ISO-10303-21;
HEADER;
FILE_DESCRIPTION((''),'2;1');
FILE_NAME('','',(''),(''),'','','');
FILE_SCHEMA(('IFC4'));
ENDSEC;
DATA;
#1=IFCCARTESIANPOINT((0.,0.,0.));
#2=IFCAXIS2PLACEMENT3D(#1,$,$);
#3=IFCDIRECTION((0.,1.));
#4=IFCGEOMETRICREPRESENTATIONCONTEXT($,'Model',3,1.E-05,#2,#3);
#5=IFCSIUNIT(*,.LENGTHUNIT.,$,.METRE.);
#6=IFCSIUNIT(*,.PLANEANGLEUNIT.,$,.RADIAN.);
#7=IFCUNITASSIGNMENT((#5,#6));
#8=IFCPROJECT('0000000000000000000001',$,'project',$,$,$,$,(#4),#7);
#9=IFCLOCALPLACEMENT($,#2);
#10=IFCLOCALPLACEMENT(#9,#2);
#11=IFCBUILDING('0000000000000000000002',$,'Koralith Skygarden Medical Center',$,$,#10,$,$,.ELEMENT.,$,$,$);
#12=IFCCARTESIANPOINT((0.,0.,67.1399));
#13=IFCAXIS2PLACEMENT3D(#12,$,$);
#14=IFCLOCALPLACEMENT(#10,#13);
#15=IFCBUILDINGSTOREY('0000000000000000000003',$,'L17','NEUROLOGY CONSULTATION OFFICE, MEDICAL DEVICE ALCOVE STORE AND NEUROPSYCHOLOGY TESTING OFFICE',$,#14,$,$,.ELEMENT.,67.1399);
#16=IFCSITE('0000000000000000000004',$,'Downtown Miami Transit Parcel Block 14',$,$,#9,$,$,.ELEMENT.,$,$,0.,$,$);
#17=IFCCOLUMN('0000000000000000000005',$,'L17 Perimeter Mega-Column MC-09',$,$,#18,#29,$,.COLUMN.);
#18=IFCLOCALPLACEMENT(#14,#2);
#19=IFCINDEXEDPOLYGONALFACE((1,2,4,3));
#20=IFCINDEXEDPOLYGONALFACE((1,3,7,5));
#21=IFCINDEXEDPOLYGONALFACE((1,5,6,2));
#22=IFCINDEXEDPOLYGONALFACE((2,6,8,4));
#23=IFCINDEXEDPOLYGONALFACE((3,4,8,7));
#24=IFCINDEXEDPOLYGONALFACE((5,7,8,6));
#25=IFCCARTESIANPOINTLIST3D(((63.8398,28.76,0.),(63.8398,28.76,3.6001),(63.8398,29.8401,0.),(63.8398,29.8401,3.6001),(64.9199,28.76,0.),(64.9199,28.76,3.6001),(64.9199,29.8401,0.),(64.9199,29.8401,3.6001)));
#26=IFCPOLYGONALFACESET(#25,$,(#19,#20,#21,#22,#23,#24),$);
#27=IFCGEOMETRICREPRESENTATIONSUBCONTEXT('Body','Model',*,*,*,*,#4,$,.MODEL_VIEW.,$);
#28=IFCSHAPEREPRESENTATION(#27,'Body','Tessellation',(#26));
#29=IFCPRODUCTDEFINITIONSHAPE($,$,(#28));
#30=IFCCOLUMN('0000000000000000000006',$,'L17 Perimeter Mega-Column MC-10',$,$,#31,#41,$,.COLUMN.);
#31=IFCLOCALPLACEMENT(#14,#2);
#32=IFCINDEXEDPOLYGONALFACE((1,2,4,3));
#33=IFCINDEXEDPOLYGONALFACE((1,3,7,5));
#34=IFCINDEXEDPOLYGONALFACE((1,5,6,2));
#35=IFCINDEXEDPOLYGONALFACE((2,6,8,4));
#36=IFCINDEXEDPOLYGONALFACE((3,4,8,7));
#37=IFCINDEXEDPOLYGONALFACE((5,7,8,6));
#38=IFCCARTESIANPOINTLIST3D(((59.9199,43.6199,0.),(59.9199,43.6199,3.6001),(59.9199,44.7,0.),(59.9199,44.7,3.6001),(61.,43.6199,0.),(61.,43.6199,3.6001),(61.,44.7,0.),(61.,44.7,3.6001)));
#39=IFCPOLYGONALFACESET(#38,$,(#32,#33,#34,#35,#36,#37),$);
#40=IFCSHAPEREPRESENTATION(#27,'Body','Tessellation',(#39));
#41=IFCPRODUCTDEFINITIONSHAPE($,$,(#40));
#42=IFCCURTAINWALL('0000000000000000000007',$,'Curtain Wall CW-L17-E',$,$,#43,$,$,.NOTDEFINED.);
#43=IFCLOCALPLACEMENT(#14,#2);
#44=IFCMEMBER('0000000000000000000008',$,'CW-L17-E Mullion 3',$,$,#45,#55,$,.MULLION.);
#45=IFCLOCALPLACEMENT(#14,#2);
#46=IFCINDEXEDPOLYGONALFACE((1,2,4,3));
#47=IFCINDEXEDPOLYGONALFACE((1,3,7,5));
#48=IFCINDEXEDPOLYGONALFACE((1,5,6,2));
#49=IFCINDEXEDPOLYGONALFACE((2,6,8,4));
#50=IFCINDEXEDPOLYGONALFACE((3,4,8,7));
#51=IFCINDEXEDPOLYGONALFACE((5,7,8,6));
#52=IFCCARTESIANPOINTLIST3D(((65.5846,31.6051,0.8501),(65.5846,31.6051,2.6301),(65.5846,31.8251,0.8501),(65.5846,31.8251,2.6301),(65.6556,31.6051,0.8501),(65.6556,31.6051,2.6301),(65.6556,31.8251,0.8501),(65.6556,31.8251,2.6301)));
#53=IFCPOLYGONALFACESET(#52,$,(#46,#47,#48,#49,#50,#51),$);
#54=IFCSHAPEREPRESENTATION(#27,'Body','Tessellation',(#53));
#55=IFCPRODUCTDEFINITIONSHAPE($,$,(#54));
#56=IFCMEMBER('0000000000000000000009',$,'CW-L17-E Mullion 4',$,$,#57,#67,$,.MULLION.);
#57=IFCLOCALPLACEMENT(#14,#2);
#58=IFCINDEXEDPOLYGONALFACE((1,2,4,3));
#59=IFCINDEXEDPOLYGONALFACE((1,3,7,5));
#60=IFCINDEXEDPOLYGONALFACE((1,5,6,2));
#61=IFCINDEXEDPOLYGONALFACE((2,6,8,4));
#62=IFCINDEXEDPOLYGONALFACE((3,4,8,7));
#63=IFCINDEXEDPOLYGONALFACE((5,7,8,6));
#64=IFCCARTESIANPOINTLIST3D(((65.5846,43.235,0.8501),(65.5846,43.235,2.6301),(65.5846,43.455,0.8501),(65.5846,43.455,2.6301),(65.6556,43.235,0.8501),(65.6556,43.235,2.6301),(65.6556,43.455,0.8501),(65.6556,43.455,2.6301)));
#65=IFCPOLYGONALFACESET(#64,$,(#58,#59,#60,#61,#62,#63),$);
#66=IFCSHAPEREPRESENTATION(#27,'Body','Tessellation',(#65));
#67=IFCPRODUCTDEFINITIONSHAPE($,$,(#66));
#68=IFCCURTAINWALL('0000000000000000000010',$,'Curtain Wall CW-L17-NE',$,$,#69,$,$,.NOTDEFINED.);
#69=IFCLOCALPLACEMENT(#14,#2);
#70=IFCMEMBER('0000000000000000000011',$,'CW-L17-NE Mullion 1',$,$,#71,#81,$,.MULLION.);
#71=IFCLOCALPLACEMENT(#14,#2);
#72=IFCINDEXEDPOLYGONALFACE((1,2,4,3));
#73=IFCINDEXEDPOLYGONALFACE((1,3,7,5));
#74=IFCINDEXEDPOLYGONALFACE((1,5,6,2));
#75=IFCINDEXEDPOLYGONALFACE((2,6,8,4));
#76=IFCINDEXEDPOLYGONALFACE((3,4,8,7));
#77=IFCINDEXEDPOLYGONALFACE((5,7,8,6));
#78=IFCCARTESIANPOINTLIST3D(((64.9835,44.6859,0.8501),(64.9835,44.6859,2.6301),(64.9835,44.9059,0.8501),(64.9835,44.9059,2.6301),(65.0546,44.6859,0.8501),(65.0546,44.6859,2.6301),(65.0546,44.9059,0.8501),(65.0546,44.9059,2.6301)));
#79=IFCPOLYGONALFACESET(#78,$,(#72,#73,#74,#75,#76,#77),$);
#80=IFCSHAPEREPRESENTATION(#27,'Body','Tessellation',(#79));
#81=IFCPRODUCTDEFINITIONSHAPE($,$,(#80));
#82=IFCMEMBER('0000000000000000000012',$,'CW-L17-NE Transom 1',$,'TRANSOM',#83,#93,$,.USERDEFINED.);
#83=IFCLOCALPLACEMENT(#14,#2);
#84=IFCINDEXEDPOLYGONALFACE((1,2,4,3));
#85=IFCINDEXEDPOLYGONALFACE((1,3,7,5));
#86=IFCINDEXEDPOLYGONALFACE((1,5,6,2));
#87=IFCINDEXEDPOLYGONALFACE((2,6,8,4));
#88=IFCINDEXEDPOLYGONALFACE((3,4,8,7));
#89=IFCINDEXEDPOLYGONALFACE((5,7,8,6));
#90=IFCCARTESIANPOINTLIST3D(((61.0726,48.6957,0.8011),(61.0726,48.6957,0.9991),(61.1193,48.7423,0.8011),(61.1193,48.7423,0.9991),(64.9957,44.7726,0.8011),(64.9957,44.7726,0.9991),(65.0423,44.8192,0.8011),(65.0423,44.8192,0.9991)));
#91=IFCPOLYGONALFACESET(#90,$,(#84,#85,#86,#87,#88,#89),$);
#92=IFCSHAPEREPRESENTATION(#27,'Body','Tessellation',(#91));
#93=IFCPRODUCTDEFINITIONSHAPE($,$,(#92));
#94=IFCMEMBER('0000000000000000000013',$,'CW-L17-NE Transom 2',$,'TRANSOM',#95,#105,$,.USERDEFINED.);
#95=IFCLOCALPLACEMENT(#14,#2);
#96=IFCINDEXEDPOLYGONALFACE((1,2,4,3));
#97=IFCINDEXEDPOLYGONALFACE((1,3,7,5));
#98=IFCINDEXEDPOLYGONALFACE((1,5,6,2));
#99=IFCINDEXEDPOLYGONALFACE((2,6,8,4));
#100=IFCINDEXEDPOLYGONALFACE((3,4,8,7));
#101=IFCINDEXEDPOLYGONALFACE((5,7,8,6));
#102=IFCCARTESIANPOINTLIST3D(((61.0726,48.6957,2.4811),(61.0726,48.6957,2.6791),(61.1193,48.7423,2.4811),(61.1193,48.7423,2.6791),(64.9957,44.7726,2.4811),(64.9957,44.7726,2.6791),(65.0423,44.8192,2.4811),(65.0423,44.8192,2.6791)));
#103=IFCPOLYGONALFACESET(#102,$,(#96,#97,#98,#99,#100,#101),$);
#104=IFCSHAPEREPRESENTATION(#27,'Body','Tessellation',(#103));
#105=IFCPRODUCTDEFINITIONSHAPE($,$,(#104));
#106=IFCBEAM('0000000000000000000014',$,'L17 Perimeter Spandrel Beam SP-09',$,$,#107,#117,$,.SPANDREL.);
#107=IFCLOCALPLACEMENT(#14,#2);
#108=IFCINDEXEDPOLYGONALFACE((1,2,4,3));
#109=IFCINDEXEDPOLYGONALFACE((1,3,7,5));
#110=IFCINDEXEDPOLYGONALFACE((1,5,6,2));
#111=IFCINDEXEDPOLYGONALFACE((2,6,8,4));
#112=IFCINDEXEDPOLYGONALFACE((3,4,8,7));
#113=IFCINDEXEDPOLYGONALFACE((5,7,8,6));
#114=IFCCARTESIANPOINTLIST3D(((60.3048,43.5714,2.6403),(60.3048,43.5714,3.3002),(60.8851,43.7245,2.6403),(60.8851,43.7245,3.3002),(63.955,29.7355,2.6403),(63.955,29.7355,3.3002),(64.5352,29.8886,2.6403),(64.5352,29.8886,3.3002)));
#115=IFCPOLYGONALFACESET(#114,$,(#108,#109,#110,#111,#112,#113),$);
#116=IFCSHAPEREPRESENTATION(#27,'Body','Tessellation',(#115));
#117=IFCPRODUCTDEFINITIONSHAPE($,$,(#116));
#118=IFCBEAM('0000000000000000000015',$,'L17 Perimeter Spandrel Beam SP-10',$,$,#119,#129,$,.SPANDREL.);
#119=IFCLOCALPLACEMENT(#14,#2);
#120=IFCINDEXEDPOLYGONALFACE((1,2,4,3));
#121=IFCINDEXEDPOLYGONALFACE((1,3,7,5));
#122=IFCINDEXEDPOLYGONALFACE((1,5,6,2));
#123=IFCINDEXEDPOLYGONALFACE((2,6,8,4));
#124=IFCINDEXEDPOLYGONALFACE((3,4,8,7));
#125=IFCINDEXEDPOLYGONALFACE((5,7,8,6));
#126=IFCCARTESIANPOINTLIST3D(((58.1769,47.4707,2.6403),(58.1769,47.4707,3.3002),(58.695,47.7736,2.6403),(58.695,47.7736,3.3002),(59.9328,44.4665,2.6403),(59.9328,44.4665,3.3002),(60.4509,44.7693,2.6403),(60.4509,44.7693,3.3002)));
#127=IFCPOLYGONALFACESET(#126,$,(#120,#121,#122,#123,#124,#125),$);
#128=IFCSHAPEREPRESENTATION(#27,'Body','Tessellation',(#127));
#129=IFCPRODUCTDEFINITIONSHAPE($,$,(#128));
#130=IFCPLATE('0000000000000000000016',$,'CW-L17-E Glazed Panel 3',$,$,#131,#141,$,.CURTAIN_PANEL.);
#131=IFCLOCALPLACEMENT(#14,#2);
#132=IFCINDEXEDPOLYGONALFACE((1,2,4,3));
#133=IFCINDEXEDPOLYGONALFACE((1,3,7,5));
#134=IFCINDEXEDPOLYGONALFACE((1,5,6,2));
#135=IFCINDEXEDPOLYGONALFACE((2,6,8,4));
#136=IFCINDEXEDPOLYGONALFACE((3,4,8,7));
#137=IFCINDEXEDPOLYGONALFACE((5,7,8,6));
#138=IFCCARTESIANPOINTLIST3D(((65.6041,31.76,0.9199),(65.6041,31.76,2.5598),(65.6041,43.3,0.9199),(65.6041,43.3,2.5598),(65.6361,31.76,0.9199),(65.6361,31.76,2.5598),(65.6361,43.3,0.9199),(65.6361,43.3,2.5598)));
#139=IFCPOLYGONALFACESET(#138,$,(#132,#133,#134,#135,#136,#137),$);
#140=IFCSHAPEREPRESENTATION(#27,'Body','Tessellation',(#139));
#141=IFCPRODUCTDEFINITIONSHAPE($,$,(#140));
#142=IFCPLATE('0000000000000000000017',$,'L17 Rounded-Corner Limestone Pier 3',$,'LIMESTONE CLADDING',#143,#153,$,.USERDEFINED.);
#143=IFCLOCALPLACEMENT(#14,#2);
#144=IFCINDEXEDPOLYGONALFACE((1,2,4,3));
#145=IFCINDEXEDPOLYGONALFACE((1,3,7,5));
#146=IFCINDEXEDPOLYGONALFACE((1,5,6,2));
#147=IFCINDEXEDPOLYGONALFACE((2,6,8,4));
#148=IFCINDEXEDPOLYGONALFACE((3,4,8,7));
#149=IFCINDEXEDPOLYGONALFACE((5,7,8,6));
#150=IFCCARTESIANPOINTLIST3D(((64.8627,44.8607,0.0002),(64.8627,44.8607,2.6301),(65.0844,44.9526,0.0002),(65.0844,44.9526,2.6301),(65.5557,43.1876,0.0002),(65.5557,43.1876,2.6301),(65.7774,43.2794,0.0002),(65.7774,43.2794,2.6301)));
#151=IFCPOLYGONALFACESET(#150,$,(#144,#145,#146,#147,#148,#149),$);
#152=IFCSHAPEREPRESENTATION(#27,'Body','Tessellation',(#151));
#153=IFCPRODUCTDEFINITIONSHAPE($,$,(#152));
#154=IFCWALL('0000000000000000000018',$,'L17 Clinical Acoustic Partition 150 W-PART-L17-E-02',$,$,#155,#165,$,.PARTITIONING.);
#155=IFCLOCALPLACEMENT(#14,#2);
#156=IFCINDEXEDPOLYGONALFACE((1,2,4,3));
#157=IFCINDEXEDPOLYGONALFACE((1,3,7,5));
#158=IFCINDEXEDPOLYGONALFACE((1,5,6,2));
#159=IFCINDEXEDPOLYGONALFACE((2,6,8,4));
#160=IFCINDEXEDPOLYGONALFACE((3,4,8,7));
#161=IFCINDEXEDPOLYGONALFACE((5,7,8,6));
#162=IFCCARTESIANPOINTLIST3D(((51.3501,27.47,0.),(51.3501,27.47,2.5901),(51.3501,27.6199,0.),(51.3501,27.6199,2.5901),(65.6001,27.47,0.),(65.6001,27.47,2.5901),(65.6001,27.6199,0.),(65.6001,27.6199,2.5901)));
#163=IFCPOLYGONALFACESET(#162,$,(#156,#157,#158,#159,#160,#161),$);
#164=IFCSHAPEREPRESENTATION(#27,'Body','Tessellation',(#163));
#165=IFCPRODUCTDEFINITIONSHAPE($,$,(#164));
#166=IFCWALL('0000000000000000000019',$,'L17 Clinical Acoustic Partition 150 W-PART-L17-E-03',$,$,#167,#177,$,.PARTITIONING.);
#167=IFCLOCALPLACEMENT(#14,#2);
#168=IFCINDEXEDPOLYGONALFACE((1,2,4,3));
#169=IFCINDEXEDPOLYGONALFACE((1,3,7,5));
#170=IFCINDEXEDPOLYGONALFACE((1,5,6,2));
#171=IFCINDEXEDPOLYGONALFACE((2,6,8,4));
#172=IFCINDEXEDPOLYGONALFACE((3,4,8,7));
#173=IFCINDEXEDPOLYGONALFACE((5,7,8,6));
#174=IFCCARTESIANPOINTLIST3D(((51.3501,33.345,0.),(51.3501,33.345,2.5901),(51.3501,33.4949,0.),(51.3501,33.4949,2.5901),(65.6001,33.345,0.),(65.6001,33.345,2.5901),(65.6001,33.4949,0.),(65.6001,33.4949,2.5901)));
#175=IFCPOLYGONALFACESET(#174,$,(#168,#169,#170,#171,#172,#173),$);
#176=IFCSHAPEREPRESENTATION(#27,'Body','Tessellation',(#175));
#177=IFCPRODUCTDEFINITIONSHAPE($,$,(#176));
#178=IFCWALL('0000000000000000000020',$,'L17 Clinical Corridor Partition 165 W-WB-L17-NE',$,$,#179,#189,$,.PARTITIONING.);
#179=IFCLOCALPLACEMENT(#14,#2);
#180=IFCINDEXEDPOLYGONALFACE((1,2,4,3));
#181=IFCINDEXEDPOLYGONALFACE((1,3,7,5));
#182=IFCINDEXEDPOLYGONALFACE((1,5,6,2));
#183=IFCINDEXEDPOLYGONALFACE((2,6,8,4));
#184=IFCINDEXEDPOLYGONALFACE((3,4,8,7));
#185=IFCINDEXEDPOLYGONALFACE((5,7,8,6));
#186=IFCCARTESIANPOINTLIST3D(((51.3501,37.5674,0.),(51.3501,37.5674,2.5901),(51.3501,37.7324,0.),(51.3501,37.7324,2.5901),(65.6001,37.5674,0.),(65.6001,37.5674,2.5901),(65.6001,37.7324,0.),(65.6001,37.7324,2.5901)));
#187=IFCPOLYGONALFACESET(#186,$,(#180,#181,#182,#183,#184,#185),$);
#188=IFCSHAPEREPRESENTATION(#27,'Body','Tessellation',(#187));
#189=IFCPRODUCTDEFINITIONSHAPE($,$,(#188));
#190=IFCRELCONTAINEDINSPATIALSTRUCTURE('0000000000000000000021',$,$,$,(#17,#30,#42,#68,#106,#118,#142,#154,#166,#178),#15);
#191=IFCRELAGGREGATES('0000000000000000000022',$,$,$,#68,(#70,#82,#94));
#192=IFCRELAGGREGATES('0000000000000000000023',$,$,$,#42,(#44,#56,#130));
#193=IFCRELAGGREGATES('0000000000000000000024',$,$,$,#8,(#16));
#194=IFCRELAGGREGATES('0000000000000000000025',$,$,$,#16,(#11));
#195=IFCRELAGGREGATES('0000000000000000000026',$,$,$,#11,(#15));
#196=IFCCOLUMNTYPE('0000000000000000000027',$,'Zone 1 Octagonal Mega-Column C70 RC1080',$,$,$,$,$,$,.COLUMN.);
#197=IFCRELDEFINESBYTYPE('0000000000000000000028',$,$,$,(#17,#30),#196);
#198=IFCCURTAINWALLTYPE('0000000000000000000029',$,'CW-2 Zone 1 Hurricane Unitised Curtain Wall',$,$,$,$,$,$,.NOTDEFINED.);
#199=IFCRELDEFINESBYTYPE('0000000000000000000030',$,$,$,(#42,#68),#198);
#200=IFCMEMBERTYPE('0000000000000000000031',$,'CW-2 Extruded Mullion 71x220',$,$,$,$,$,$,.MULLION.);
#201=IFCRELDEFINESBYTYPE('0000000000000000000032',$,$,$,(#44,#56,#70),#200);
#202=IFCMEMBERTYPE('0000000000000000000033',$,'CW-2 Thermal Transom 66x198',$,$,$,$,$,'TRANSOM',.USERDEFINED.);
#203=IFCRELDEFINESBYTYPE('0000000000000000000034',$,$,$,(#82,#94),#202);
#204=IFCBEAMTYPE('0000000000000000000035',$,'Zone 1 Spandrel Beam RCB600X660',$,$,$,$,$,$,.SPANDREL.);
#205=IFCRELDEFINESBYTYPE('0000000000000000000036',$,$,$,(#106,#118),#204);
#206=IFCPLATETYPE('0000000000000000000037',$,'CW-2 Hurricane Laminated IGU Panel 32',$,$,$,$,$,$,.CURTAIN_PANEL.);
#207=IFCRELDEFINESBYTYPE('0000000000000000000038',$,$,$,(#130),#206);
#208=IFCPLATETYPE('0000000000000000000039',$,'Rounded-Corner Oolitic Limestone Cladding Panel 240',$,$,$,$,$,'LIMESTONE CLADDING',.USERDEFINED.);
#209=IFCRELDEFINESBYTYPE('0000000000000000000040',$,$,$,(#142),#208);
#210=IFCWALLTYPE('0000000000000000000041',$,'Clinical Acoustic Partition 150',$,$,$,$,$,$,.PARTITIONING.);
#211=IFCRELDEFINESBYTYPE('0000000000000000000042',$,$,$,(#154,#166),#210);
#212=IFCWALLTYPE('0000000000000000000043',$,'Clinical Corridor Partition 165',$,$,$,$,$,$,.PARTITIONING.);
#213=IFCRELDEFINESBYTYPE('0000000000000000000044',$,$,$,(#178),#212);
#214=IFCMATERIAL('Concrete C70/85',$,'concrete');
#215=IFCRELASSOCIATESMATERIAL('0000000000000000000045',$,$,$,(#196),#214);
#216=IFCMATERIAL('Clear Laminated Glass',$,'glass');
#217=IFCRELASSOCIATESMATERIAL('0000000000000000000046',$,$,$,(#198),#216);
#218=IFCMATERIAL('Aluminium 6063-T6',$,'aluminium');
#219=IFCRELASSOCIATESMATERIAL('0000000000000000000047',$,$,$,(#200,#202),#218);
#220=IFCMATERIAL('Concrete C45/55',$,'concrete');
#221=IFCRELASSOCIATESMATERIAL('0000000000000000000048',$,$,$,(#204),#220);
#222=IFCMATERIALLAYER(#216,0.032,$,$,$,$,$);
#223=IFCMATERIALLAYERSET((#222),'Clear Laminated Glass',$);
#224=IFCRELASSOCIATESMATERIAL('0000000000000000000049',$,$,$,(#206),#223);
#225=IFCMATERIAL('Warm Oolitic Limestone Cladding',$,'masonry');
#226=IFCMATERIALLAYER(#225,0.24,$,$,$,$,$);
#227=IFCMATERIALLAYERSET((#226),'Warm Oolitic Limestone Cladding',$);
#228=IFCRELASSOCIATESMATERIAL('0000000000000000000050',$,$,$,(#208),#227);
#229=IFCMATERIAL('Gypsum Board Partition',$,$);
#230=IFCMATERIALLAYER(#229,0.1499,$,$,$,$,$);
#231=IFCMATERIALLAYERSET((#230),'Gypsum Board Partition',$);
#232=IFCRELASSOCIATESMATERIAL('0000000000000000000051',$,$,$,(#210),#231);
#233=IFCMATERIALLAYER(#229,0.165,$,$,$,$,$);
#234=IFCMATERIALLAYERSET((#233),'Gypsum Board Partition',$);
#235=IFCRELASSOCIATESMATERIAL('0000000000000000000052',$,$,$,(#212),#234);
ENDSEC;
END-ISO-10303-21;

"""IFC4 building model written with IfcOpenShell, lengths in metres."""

from ifc_helpers import new_model, si_unit, direction, frame, frame_2d, origin, origin_2d, place, context, subcontext, project, spatial, rectangle, extrude, material, layer, layer_set, material_profile, profile_set, type_object, element, aggregate, save


model = new_model("IFC4")

# Units and contexts
model_context = context("Model", 3, precision=1e-05, world=origin(), true_north=direction((0.0, 1.0)))
body_context = subcontext(model_context, "Body", "Model", "MODEL_VIEW")
ifc_project = project(units=[si_unit("LENGTHUNIT", "METRE"), si_unit("PLANEANGLEUNIT", "RADIAN")], contexts=[model_context])

# Site, building, storey
site_placement = place(None, origin())
site = spatial("IfcSite", under=ifc_project, at=site_placement, Name="Downtown Miami Transit Parcel Block 14", CompositionType="ELEMENT", RefElevation=0.0)
building_placement = place(site_placement, origin())
building = spatial("IfcBuilding", under=site, at=building_placement, Name="Koralith Skygarden Medical Center", CompositionType="ELEMENT")
storey_placement = place(building_placement, frame((0.0, 0.0, 67.1399)))
storey = spatial("IfcBuildingStorey", under=building, at=storey_placement, Name="L17", Description="NEUROLOGY CONSULTATION OFFICE, MEDICAL DEVICE ALCOVE STORE AND NEUROPSYCHOLOGY TESTING OFFICE", CompositionType="ELEMENT", Elevation=67.1399)

# Columns
ifc_material_1 = material(Name="Concrete C70/85", Category="concrete")
ifc_material_profile_1 = material_profile(ifc_material_1, rectangle(XDim=1.0801, YDim=1.0801, at=origin_2d()), Name="RC1080X1080")
ifc_profile_set_1 = profile_set([ifc_material_profile_1], Name="Concrete C70/85")
column_type = type_object("IfcColumnType", Name="Zone 1 Octagonal Mega-Column C70 RC1080", PredefinedType="COLUMN", material=ifc_profile_set_1)
for number, where, z_axis, x_axis, name in (
    (1, (64.3799, 29.3, 0.0), (0.0, 0.0, 1.0), (1.0, 0.0, 0.0), "L17 Perimeter Mega-Column MC-09"),
    (2, (60.46, 44.1599, 0.0), (0.0, 0.0, 1.0), (1.0, 0.0, 0.0), "L17 Perimeter Mega-Column MC-10"),
):
    element("IfcColumn", number, at=place(storey_placement, frame(where, z_axis=z_axis, x_axis=x_axis)), inside=storey, type_object=column_type, Name=name, PredefinedType="COLUMN", context=body_context, shape_type="SweptSolid", body=[
        extrude(rectangle(XDim=1.0801, YDim=1.0801, at=origin_2d()), origin(), (0.0, 0.0, 1.0), 3.6001),
    ])

# Curtain walls, members
ifc_material_2 = material(Name="Clear Laminated Glass", Category="glass")
curtain_wall_type = type_object("IfcCurtainWallType", Name="CW-2 Zone 1 Hurricane Unitised Curtain Wall", PredefinedType="NOTDEFINED", material=ifc_material_2)
curtain_wall_1_placement = place(storey_placement, origin())
curtain_wall_1 = element("IfcCurtainWall", 3, at=curtain_wall_1_placement, inside=storey, type_object=curtain_wall_type, Name="Curtain Wall CW-L17-E", PredefinedType="NOTDEFINED")
ifc_material_3 = material(Name="Aluminium 6063-T6", Category="aluminium")
ifc_material_profile_2 = material_profile(ifc_material_3, rectangle(XDim=0.071, YDim=0.22, at=origin_2d()), Name="MUL71X220")
ifc_profile_set_2 = profile_set([ifc_material_profile_2], Name="Aluminium 6063-T6")
member_type_1 = type_object("IfcMemberType", Name="CW-2 Extruded Mullion 71x220", PredefinedType="MULLION", material=ifc_profile_set_2)
member_1_placement = place(storey_placement, frame((65.6201, 31.7151, 0.8501), z_axis=(0.0, 0.0, 1.0), x_axis=(1.0, 0.0, 0.0)))
member_1 = element("IfcMember", 4, at=member_1_placement, type_object=member_type_1, Name="CW-L17-E Mullion 3", PredefinedType="MULLION", context=body_context, shape_type="SweptSolid", body=[
    extrude(rectangle(XDim=0.071, YDim=0.22, at=origin_2d()), origin(), (0.0, 0.0, 1.0), 1.78),
])
member_2_placement = place(storey_placement, frame((65.6201, 43.345, 0.8501), z_axis=(0.0, 0.0, 1.0), x_axis=(1.0, 0.0, 0.0)))
member_2 = element("IfcMember", 5, at=member_2_placement, type_object=member_type_1, Name="CW-L17-E Mullion 4", PredefinedType="MULLION", context=body_context, shape_type="SweptSolid", body=[
    extrude(rectangle(XDim=0.071, YDim=0.22, at=origin_2d()), origin(), (0.0, 0.0, 1.0), 1.78),
])
curtain_wall_2_placement = place(storey_placement, origin())
curtain_wall_2 = element("IfcCurtainWall", 6, at=curtain_wall_2_placement, inside=storey, type_object=curtain_wall_type, Name="Curtain Wall CW-L17-NE", PredefinedType="NOTDEFINED")
member_3_placement = place(storey_placement, frame((65.019, 44.7959, 0.8501), z_axis=(0.0, 0.0, 1.0), x_axis=(1.0, 0.0, 0.0)))
member_3 = element("IfcMember", 7, at=member_3_placement, type_object=member_type_1, Name="CW-L17-NE Mullion 1", PredefinedType="MULLION", context=body_context, shape_type="SweptSolid", body=[
    extrude(rectangle(XDim=0.071, YDim=0.22, at=origin_2d()), origin(), (0.0, 0.0, 1.0), 1.78),
])
ifc_material_profile_3 = material_profile(ifc_material_3, rectangle(XDim=0.0659, YDim=0.198, at=origin_2d()), Name="TRN66X198")
ifc_profile_set_3 = profile_set([ifc_material_profile_3], Name="Aluminium 6063-T6")
member_type_2 = type_object("IfcMemberType", Name="CW-2 Thermal Transom 66x198", ElementType="TRANSOM", PredefinedType="USERDEFINED", material=ifc_profile_set_3)
member_4_placement = place(storey_placement, frame((65.019, 44.7959, 0.9001), z_axis=(-0.707107, 0.707107, 0.0), x_axis=(-0.707107, -0.707107, 0.0)))
member_4 = element("IfcMember", 8, at=member_4_placement, type_object=member_type_2, Name="CW-L17-NE Transom 1", ObjectType="TRANSOM", PredefinedType="USERDEFINED", context=body_context, shape_type="SweptSolid", body=[
    extrude(rectangle(XDim=0.0659, YDim=0.198, at=origin_2d()), origin(), (0.0, 0.0, 1.0), 5.5481),
])
member_5_placement = place(storey_placement, frame((65.019, 44.7959, 2.5801), z_axis=(-0.707107, 0.707107, 0.0), x_axis=(-0.707107, -0.707107, 0.0)))
member_5 = element("IfcMember", 9, at=member_5_placement, type_object=member_type_2, Name="CW-L17-NE Transom 2", ObjectType="TRANSOM", PredefinedType="USERDEFINED", context=body_context, shape_type="SweptSolid", body=[
    extrude(rectangle(XDim=0.0659, YDim=0.198, at=origin_2d()), origin(), (0.0, 0.0, 1.0), 5.5481),
])
aggregate(curtain_wall_2, [member_3, member_4, member_5])

# Beams
ifc_material_4 = material(Name="Concrete C45/55", Category="concrete")
ifc_material_profile_4 = material_profile(ifc_material_4, rectangle(XDim=0.6001, YDim=0.6599, at=origin_2d()), Name="RCB600X660")
ifc_profile_set_4 = profile_set([ifc_material_profile_4], Name="Concrete C45/55")
beam_type = type_object("IfcBeamType", Name="Zone 1 Spandrel Beam RCB600X660", PredefinedType="SPANDREL", material=ifc_profile_set_4)
beam_1_placement = place(storey_placement, frame((64.2451, 29.812, 2.9702), z_axis=(-0.255089, 0.966918, 0.0), x_axis=(-0.966918, -0.255089, 0.0)))
element("IfcBeam", 10, at=beam_1_placement, inside=storey, type_object=beam_type, Name="L17 Perimeter Spandrel Beam SP-09", PredefinedType="SPANDREL", context=body_context, shape_type="SweptSolid", body=[
    extrude(rectangle(XDim=0.6001, YDim=0.6599, at=origin_2d()), origin(), (0.0, 0.0, 1.0), 14.3093),
])
beam_2_placement = place(storey_placement, frame((60.1919, 44.6179, 2.9702), z_axis=(-0.504608, 0.863349, 0.0), x_axis=(-0.863349, -0.504608, 0.0)))
element("IfcBeam", 11, at=beam_2_placement, inside=storey, type_object=beam_type, Name="L17 Perimeter Spandrel Beam SP-10", PredefinedType="SPANDREL", context=body_context, shape_type="SweptSolid", body=[
    extrude(rectangle(XDim=0.6001, YDim=0.6599, at=origin_2d()), origin(), (0.0, 0.0, 1.0), 3.4797),
])

# Plates
ifc_layer_1 = layer(ifc_material_2, 0.032)
ifc_layer_set_1 = layer_set([ifc_layer_1], Name="Clear Laminated Glass")
plate_type_1 = type_object("IfcPlateType", Name="CW-2 Hurricane Laminated IGU Panel 32", PredefinedType="CURTAIN_PANEL", material=ifc_layer_set_1)
plate_1_placement = place(storey_placement, frame((65.6201, 37.53, 0.9199), z_axis=(0.0, 0.0, 1.0), x_axis=(0.0, 1.0, 0.0)))
plate_1 = element("IfcPlate", 12, at=plate_1_placement, type_object=plate_type_1, Name="CW-L17-E Glazed Panel 3", PredefinedType="CURTAIN_PANEL", context=body_context, shape_type="SweptSolid", body=[
    extrude(rectangle(XDim=11.54, YDim=0.032, at=origin_2d()), origin(), (0.0, 0.0, 1.0), 1.6399),
])
aggregate(curtain_wall_1, [member_1, member_2, plate_1])
ifc_material_5 = material(Name="Warm Oolitic Limestone Cladding", Category="masonry")
ifc_layer_2 = layer(ifc_material_5, 0.24)
ifc_layer_set_2 = layer_set([ifc_layer_2], Name="Warm Oolitic Limestone Cladding")
plate_type_2 = type_object("IfcPlateType", Name="Rounded-Corner Oolitic Limestone Cladding Panel 240", ElementType="LIMESTONE CLADDING", PredefinedType="USERDEFINED", material=ifc_layer_set_2)
plate_2_placement = place(storey_placement, frame((65.3201, 44.0701, 0.0002), z_axis=(0.0, 0.0, 1.0), x_axis=(-0.382671, 0.923885, 0.0)))
element("IfcPlate", 13, at=plate_2_placement, inside=storey, type_object=plate_type_2, Name="L17 Rounded-Corner Limestone Pier 3", ObjectType="LIMESTONE CLADDING", PredefinedType="USERDEFINED", context=body_context, shape_type="SweptSolid", body=[
    extrude(rectangle(XDim=1.811, YDim=0.24, at=origin_2d()), origin(), (0.0, 0.0, 1.0), 2.6299),
])

# Walls
ifc_material_6 = material(Name="Gypsum Board Partition")
ifc_layer_3 = layer(ifc_material_6, 0.1499)
ifc_layer_set_3 = layer_set([ifc_layer_3], Name="Gypsum Board Partition")
wall_type_1 = type_object("IfcWallType", Name="Clinical Acoustic Partition 150", PredefinedType="PARTITIONING", material=ifc_layer_set_3)
for number, where, z_axis, x_axis, name in (
    (14, (51.3501, 27.5449, 0.0), (0.0, 0.0, 1.0), (1.0, 0.0, 0.0), "L17 Clinical Acoustic Partition 150 W-PART-L17-E-02"),
    (15, (51.3501, 33.4199, 0.0), (0.0, 0.0, 1.0), (1.0, 0.0, 0.0), "L17 Clinical Acoustic Partition 150 W-PART-L17-E-03"),
):
    element("IfcWall", number, at=place(storey_placement, frame(where, z_axis=z_axis, x_axis=x_axis)), inside=storey, type_object=wall_type_1, Name=name, PredefinedType="PARTITIONING", context=body_context, shape_type="SweptSolid", body=[
        extrude(rectangle(XDim=14.25, YDim=0.1499, at=frame_2d((7.125, 0.0))), origin(), (0.0, 0.0, 1.0), 2.5901),
    ])
ifc_layer_4 = layer(ifc_material_6, 0.165)
ifc_layer_set_4 = layer_set([ifc_layer_4], Name="Gypsum Board Partition")
wall_type_2 = type_object("IfcWallType", Name="Clinical Corridor Partition 165", PredefinedType="PARTITIONING", material=ifc_layer_set_4)
wall_1_placement = place(storey_placement, frame((51.3501, 37.6499, 0.0), z_axis=(0.0, 0.0, 1.0), x_axis=(1.0, 0.0, 0.0)))
element("IfcWall", 16, at=wall_1_placement, inside=storey, type_object=wall_type_2, Name="L17 Clinical Corridor Partition 165 W-WB-L17-NE", PredefinedType="PARTITIONING", context=body_context, shape_type="SweptSolid", body=[
    extrude(rectangle(XDim=14.25, YDim=0.165, at=frame_2d((7.125, 0.0))), origin(), (0.0, 0.0, 1.0), 2.5901),
])

save(model, "model.ifc")
